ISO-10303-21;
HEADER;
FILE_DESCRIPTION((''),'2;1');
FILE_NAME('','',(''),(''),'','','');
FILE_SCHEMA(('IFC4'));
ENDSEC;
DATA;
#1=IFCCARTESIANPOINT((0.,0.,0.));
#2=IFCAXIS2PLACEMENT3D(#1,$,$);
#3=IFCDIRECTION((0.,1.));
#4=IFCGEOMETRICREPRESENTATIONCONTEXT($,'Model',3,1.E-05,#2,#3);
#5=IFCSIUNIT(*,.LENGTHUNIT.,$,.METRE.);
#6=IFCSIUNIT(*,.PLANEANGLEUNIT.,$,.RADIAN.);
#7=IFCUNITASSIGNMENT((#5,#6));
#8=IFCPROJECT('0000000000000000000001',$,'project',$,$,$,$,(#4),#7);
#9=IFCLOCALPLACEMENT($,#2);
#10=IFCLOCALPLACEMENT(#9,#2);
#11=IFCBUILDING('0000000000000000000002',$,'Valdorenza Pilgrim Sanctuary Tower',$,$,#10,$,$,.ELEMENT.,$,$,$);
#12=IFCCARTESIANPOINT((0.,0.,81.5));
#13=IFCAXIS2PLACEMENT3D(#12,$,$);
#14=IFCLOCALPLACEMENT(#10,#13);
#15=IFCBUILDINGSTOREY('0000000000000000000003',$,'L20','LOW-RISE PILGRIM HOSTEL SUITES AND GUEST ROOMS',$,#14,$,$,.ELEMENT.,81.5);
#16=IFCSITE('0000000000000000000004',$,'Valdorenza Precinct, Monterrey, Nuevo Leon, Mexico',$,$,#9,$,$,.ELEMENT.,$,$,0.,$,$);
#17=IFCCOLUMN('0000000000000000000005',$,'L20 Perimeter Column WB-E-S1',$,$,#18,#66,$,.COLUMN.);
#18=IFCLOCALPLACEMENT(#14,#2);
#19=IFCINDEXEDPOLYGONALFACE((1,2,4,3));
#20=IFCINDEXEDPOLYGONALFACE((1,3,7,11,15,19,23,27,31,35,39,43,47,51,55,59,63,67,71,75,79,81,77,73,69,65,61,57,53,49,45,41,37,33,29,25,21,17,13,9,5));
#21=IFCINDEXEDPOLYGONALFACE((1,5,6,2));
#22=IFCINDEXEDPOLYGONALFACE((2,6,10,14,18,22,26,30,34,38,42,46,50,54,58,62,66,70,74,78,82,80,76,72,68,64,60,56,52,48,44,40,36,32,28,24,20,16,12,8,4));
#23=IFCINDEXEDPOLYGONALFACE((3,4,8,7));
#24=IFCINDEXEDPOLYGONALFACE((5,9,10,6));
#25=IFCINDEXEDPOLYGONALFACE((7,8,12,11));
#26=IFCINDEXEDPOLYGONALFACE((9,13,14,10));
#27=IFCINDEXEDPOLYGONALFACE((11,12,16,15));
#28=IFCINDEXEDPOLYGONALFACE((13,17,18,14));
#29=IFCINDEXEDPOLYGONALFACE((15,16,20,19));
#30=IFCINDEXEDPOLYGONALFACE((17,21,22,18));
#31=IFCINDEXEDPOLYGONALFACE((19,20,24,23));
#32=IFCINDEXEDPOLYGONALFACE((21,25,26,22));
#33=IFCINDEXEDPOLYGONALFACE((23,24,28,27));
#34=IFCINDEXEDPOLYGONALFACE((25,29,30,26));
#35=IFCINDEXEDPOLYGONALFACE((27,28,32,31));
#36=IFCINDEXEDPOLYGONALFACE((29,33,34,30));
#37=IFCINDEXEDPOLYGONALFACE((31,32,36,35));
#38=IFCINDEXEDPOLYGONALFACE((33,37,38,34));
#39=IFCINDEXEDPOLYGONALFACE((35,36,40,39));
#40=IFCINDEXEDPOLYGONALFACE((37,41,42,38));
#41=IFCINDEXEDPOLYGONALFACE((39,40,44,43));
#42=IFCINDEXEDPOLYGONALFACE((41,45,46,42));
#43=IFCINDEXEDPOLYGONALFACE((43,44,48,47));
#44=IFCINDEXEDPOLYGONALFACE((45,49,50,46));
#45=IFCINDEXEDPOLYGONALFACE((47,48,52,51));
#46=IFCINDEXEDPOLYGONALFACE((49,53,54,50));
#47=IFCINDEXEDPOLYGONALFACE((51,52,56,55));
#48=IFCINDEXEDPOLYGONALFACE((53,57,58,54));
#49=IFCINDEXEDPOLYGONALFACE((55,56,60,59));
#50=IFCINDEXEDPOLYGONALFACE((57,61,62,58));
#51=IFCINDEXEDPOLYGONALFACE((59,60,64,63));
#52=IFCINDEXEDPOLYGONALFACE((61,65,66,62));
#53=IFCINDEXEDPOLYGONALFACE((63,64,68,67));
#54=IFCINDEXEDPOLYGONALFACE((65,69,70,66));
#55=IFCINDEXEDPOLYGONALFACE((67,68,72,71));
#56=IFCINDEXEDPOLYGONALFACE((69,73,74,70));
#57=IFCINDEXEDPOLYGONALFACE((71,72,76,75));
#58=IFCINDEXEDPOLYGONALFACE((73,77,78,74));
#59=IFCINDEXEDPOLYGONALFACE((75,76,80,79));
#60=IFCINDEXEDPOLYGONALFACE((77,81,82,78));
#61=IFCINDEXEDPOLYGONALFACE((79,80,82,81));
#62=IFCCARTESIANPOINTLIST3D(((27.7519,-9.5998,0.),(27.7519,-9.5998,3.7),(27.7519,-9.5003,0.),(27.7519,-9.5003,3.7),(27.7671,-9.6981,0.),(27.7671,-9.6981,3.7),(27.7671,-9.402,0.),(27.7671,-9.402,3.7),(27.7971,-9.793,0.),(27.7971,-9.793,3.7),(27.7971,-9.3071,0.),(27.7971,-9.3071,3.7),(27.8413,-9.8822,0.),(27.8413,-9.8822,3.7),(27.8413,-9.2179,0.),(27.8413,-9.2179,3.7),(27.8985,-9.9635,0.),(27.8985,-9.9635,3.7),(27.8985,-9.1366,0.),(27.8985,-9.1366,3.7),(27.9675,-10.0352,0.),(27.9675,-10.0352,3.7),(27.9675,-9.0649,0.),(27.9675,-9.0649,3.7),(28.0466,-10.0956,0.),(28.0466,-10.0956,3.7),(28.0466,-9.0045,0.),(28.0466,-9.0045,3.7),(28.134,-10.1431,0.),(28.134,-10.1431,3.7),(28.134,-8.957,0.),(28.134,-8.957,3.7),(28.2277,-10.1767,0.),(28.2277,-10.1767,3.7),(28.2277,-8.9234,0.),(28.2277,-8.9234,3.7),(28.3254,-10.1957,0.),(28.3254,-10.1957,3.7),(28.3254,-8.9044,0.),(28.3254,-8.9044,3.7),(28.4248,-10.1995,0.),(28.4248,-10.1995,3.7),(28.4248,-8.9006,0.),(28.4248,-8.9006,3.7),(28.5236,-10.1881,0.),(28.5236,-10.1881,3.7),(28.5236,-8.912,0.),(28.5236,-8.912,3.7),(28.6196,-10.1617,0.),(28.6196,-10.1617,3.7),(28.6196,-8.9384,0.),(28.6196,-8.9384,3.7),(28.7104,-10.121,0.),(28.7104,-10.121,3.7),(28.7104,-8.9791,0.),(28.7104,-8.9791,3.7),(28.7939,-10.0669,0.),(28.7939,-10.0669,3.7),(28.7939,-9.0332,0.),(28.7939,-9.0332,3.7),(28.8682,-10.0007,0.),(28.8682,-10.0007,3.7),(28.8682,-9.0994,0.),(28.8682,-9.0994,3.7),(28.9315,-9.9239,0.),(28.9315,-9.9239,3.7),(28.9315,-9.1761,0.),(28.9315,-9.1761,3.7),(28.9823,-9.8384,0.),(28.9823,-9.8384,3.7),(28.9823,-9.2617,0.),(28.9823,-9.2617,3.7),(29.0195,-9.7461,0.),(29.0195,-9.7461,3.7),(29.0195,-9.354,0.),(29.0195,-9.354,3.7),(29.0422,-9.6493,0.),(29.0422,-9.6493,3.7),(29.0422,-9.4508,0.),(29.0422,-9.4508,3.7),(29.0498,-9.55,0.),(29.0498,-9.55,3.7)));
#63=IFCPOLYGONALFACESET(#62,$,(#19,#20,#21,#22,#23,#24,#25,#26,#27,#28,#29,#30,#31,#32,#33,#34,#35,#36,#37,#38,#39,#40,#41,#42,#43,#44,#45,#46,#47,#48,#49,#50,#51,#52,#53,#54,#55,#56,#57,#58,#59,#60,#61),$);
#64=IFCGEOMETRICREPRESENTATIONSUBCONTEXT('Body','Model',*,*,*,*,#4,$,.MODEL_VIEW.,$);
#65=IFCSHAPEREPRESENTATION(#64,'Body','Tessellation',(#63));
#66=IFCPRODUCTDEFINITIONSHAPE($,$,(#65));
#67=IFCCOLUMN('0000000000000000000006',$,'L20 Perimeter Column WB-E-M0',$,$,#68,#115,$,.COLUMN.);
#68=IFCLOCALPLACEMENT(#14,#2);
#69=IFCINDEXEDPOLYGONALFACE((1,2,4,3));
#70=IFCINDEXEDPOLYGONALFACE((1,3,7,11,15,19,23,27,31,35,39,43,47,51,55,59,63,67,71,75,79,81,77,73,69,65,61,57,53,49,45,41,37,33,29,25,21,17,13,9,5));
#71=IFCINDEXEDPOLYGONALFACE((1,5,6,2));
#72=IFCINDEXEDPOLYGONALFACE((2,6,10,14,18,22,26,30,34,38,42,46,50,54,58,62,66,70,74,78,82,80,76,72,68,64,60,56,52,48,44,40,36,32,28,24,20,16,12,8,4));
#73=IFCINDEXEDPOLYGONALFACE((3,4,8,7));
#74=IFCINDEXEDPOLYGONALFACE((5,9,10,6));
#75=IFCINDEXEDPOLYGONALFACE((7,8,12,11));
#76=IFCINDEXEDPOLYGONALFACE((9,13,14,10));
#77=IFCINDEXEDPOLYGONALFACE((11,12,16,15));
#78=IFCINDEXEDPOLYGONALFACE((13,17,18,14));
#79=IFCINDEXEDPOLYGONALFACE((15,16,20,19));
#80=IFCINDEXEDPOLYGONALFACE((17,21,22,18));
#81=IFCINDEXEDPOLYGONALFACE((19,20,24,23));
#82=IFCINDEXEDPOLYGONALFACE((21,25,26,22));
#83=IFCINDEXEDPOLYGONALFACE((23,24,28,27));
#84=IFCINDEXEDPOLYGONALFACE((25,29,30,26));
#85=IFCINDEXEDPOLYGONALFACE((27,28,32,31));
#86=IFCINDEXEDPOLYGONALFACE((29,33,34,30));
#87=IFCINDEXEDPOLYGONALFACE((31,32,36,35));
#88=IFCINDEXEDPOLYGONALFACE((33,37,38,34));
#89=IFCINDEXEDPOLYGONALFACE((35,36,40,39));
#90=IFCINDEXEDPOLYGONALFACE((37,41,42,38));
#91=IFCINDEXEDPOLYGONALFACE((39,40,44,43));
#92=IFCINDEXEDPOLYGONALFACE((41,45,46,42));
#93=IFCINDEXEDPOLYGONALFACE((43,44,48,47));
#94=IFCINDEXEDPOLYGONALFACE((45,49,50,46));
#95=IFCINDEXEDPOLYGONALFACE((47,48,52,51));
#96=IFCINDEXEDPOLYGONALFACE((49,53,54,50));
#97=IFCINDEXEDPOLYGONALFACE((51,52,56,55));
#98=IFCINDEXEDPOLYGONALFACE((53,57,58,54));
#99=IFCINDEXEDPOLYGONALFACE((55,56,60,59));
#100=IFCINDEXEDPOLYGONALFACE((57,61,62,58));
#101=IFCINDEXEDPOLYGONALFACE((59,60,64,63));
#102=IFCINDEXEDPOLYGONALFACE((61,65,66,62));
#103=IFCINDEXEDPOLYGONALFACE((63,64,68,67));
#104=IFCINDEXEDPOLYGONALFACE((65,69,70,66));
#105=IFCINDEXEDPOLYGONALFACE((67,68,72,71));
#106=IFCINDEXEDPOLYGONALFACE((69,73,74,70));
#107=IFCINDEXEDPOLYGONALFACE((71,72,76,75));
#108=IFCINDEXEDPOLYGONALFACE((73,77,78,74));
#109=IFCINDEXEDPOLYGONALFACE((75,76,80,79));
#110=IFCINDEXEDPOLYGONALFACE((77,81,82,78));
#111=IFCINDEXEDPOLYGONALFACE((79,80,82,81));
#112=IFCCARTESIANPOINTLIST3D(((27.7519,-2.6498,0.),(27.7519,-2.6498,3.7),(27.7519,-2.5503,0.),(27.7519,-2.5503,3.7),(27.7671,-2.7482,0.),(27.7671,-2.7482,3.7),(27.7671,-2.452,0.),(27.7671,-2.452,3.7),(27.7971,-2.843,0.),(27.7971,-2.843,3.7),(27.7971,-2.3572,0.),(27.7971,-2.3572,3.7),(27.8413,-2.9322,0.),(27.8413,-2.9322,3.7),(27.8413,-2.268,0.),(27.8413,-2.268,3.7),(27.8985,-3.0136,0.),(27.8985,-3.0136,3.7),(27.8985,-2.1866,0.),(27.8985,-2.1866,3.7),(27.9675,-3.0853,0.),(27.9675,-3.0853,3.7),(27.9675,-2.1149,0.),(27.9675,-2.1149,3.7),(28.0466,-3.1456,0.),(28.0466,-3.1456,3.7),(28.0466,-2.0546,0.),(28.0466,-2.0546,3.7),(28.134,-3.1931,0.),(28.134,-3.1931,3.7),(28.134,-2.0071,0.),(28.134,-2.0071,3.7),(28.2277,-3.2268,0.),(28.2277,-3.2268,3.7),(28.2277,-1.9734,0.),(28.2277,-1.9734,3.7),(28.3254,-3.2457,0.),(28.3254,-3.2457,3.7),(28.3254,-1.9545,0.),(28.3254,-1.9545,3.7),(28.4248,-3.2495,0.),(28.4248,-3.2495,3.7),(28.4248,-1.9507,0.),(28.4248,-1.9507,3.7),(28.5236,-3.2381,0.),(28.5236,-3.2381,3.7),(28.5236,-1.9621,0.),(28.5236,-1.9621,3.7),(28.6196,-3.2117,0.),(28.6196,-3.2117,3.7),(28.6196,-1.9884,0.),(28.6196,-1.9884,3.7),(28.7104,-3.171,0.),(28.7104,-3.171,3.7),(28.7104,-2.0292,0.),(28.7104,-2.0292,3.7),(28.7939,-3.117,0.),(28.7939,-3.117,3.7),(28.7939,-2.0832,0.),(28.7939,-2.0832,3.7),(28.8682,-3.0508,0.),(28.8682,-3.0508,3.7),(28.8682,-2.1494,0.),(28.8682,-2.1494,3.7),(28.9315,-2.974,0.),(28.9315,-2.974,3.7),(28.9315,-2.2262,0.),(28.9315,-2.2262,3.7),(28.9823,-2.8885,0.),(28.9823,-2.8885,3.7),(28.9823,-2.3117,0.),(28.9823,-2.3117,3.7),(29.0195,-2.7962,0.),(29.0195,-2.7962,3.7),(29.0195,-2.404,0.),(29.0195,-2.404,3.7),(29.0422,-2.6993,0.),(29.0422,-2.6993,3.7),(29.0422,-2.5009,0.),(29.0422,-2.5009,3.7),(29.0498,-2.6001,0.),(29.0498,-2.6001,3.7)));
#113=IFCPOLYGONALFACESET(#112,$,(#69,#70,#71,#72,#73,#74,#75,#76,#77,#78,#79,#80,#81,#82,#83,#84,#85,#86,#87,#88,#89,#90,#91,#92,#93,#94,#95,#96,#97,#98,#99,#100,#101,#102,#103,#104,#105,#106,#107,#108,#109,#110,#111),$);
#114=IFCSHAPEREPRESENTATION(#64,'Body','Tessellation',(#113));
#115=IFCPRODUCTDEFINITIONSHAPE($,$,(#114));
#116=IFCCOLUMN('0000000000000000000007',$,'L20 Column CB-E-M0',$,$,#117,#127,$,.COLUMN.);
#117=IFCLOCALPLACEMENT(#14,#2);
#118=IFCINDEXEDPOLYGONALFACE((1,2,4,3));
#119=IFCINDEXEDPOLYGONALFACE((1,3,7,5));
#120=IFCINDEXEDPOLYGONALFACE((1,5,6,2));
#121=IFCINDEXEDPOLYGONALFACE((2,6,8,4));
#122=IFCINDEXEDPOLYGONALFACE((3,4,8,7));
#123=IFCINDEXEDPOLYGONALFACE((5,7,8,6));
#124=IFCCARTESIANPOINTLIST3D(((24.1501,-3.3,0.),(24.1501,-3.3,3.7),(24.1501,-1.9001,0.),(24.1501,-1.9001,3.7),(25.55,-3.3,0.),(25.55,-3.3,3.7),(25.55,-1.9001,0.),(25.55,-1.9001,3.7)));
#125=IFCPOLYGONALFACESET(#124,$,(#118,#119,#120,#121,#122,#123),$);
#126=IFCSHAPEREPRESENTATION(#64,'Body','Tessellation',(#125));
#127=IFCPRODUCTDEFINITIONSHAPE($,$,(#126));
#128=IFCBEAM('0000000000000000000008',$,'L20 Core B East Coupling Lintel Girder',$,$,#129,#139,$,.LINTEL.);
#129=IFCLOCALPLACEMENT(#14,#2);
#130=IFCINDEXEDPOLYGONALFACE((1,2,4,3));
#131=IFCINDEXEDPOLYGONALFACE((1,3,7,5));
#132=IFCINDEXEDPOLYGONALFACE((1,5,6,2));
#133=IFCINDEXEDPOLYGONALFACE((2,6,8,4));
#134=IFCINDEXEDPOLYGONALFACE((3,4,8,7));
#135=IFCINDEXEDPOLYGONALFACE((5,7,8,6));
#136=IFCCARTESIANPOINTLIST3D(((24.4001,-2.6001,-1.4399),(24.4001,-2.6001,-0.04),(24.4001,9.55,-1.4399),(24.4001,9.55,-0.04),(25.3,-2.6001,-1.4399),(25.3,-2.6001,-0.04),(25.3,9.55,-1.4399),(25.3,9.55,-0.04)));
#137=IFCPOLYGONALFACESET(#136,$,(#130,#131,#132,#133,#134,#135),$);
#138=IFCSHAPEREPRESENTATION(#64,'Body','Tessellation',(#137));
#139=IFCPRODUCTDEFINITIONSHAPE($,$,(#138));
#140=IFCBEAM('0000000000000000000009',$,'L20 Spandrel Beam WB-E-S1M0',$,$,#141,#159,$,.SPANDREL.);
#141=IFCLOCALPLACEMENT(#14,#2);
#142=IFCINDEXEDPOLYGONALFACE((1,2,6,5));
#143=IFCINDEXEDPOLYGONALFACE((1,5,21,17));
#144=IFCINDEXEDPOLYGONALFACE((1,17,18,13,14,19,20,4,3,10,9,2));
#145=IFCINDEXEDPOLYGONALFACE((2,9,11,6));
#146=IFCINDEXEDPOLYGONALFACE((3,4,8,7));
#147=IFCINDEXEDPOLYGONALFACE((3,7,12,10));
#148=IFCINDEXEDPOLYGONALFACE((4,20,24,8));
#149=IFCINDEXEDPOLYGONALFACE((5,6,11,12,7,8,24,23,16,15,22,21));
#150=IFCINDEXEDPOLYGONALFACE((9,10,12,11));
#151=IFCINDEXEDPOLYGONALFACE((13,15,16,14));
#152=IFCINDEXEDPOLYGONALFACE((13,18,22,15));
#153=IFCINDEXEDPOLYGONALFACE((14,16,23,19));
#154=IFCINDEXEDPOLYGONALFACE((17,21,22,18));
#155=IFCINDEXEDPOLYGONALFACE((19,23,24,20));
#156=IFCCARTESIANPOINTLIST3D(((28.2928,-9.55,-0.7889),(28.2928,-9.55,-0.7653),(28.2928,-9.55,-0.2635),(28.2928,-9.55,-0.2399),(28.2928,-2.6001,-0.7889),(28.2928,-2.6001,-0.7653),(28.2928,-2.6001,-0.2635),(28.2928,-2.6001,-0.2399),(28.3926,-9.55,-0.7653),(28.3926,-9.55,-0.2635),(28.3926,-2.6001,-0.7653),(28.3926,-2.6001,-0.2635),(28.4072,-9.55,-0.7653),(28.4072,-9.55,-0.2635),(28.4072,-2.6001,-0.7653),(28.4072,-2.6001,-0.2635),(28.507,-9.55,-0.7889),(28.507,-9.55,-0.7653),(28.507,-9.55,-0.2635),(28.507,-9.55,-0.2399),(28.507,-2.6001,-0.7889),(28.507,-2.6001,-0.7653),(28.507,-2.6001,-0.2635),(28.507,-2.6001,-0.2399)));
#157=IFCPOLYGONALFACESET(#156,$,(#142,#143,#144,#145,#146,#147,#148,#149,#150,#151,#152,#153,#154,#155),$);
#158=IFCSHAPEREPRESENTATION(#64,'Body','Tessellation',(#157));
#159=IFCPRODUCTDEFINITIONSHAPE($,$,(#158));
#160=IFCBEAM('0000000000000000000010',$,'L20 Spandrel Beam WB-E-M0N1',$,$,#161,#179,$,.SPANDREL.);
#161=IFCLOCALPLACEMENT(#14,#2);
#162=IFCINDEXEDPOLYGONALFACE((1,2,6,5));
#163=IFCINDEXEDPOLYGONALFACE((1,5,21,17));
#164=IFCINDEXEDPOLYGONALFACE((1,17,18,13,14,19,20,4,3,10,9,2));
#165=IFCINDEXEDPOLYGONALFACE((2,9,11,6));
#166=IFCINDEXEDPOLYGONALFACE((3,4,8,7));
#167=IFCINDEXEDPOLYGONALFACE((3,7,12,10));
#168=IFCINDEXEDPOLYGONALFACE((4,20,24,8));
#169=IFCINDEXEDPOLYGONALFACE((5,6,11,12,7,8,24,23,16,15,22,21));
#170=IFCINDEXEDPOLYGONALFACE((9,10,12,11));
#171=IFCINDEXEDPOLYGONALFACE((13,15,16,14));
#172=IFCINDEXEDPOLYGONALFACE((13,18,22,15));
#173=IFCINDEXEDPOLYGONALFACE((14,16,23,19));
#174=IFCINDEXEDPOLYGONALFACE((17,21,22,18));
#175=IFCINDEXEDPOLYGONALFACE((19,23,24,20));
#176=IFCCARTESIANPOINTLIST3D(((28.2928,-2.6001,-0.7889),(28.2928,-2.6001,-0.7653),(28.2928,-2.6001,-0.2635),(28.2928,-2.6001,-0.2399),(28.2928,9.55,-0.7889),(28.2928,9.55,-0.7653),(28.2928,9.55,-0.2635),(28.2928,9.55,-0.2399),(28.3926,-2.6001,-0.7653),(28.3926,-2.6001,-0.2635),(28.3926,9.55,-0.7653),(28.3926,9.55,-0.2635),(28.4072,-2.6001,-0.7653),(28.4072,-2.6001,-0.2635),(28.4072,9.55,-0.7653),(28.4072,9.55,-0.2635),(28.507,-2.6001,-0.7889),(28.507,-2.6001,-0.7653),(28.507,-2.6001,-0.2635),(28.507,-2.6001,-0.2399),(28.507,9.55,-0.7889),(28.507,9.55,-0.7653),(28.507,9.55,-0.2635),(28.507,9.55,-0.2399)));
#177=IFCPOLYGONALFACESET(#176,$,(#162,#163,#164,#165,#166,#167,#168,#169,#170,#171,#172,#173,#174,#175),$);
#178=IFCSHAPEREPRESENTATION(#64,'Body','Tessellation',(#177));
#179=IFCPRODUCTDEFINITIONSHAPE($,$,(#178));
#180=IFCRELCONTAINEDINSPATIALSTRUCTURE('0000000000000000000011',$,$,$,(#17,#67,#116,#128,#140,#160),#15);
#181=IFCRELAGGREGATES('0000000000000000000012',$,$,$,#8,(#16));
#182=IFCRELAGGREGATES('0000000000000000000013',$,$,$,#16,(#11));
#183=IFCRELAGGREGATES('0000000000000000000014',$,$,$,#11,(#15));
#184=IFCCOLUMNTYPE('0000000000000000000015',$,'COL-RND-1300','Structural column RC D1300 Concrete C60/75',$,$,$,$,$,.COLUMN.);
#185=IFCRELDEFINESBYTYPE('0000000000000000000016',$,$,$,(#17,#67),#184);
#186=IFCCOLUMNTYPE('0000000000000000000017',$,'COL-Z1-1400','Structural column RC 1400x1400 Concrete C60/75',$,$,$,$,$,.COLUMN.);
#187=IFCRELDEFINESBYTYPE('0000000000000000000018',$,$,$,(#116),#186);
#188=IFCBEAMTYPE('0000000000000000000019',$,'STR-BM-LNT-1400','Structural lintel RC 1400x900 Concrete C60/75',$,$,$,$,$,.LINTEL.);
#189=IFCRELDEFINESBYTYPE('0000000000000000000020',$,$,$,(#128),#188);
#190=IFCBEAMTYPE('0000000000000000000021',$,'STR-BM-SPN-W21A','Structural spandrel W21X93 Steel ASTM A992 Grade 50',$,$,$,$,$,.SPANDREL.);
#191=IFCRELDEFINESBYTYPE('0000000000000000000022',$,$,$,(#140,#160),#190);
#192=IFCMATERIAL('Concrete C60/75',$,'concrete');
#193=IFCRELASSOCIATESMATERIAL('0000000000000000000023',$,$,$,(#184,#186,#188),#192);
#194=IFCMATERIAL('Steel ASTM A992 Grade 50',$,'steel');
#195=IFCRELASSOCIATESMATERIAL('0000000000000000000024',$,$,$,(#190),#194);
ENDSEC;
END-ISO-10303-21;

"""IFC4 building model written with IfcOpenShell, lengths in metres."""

from ifc_helpers import new_model, si_unit, direction, frame, origin, origin_2d, place, context, subcontext, project, spatial, rectangle, circle, i_section, extrude, source, transform, mapped, material, material_profile, profile_set, type_object, element, save


model = new_model("IFC4")

# Units and contexts
model_context = context("Model", 3, precision=1e-05, world=origin(), true_north=direction((0.0, 1.0)))
body_context = subcontext(model_context, "Body", "Model", "MODEL_VIEW")
ifc_project = project(units=[si_unit("LENGTHUNIT", "METRE"), si_unit("PLANEANGLEUNIT", "RADIAN")], contexts=[model_context])

# Site, building, storey
site_placement = place(None, origin())
site = spatial("IfcSite", under=ifc_project, at=site_placement, Name="Valdorenza Precinct, Monterrey, Nuevo Leon, Mexico", CompositionType="ELEMENT", RefElevation=0.0)
building_placement = place(site_placement, origin())
building = spatial("IfcBuilding", under=site, at=building_placement, Name="Valdorenza Pilgrim Sanctuary Tower", CompositionType="ELEMENT")
storey_placement = place(building_placement, frame((0.0, 0.0, 81.5)))
storey = spatial("IfcBuildingStorey", under=building, at=storey_placement, Name="L20", Description="LOW-RISE PILGRIM HOSTEL SUITES AND GUEST ROOMS", CompositionType="ELEMENT", Elevation=81.5)

# Columns
ifc_material_1 = material(Name="Concrete C60/75", Category="concrete")
ifc_material_profile_1 = material_profile(ifc_material_1, circle(Radius=0.6499, at=origin_2d()), Name="RC D1300")
ifc_profile_set_1 = profile_set([ifc_material_profile_1], Name="Concrete C60/75")
column_type_1 = type_object("IfcColumnType", Name="COL-RND-1300", Description="Structural column RC D1300 Concrete C60/75", PredefinedType="COLUMN", material=ifc_profile_set_1)
shared_shape_1 = source(origin(), body_context, "Body", "SweptSolid", [
    extrude(circle(Radius=0.6499, at=origin_2d()), origin(), (0.0, 0.0, 1.0), 3.7),
])
for number, where, z_axis, x_axis, name in (
    (1, (28.3999, -9.55, 0.0), (0.0, 0.0, 1.0), (1.0, 0.0, 0.0), "L20 Perimeter Column WB-E-S1"),
    (2, (28.3999, -2.6001, 0.0), (0.0, 0.0, 1.0), (1.0, 0.0, 0.0), "L20 Perimeter Column WB-E-M0"),
):
    element("IfcColumn", number, at=place(storey_placement, frame(where, z_axis=z_axis, x_axis=x_axis)), inside=storey, type_object=column_type_1, Name=name, PredefinedType="COLUMN", context=body_context, shape_type="MappedRepresentation", body=[
        mapped(shared_shape_1, transform((0.0, 0.0, 0.0), x_axis=(1.0, 0.0, 0.0), y_axis=(0.0, 1.0, 0.0), z_axis=(0.0, 0.0, 1.0), scale=1.0)),
    ])
ifc_material_profile_2 = material_profile(ifc_material_1, rectangle(XDim=1.3999, YDim=1.3999, at=origin_2d()), Name="RC 1400x1400")
ifc_profile_set_2 = profile_set([ifc_material_profile_2], Name="Concrete C60/75")
column_type_2 = type_object("IfcColumnType", Name="COL-Z1-1400", Description="Structural column RC 1400x1400 Concrete C60/75", PredefinedType="COLUMN", material=ifc_profile_set_2)
shared_shape_2 = source(origin(), body_context, "Body", "SweptSolid", [
    extrude(rectangle(XDim=1.3999, YDim=1.3999, at=origin_2d()), origin(), (0.0, 0.0, 1.0), 3.7),
])
column_placement = place(storey_placement, frame((24.8501, -2.6001, 0.0), z_axis=(0.0, 0.0, 1.0), x_axis=(1.0, 0.0, 0.0)))
element("IfcColumn", 3, at=column_placement, inside=storey, type_object=column_type_2, Name="L20 Column CB-E-M0", PredefinedType="COLUMN", context=body_context, shape_type="MappedRepresentation", body=[
    mapped(shared_shape_2, transform((0.0, 0.0, 0.0), x_axis=(1.0, 0.0, 0.0), y_axis=(0.0, 1.0, 0.0), z_axis=(0.0, 0.0, 1.0), scale=1.0)),
])

# Beams
ifc_material_profile_3 = material_profile(ifc_material_1, rectangle(XDim=0.8999, YDim=1.3999, at=origin_2d()), Name="RC 1400x900")
ifc_profile_set_3 = profile_set([ifc_material_profile_3], Name="Concrete C60/75")
beam_type_1 = type_object("IfcBeamType", Name="STR-BM-LNT-1400", Description="Structural lintel RC 1400x900 Concrete C60/75", PredefinedType="LINTEL", material=ifc_profile_set_3)
shared_shape_3 = source(origin(), body_context, "Body", "SweptSolid", [
    extrude(rectangle(XDim=0.8999, YDim=1.3999, at=origin_2d()), origin(), (0.0, 0.0, 1.0), 12.1501),
])
beam_1_placement = place(storey_placement, frame((24.8501, -2.6001, -0.74), z_axis=(0.0, 1.0, 0.0), x_axis=(-1.0, 0.0, 0.0)))
element("IfcBeam", 4, at=beam_1_placement, inside=storey, type_object=beam_type_1, Name="L20 Core B East Coupling Lintel Girder", PredefinedType="LINTEL", context=body_context, shape_type="MappedRepresentation", body=[
    mapped(shared_shape_3, transform((0.0, 0.0, 0.0), x_axis=(1.0, 0.0, 0.0), y_axis=(0.0, 1.0, 0.0), z_axis=(0.0, 0.0, 1.0), scale=1.0)),
])
ifc_material_2 = material(Name="Steel ASTM A992 Grade 50", Category="steel")
ifc_material_profile_4 = material_profile(ifc_material_2, i_section(OverallWidth=0.2141, OverallDepth=0.5491, WebThickness=0.0146, FlangeThickness=0.0237, at=origin_2d()), Name="W21X93")
ifc_profile_set_4 = profile_set([ifc_material_profile_4], Name="Steel ASTM A992 Grade 50")
beam_type_2 = type_object("IfcBeamType", Name="STR-BM-SPN-W21A", Description="Structural spandrel W21X93 Steel ASTM A992 Grade 50", PredefinedType="SPANDREL", material=ifc_profile_set_4)
shared_shape_4 = source(origin(), body_context, "Body", "SweptSolid", [
    extrude(i_section(OverallWidth=0.2141, OverallDepth=0.5491, WebThickness=0.0146, FlangeThickness=0.0237, at=origin_2d()), origin(), (0.0, 0.0, 1.0), 6.95),
])
beam_2_placement = place(storey_placement, frame((28.3999, -9.55, -0.5144), z_axis=(0.0, 1.0, 0.0), x_axis=(-1.0, 0.0, 0.0)))
element("IfcBeam", 5, at=beam_2_placement, inside=storey, type_object=beam_type_2, Name="L20 Spandrel Beam WB-E-S1M0", PredefinedType="SPANDREL", context=body_context, shape_type="MappedRepresentation", body=[
    mapped(shared_shape_4, transform((0.0, 0.0, 0.0), x_axis=(1.0, 0.0, 0.0), y_axis=(0.0, 1.0, 0.0), z_axis=(0.0, 0.0, 1.0), scale=1.0)),
])
shared_shape_5 = source(origin(), body_context, "Body", "SweptSolid", [
    extrude(i_section(OverallWidth=0.2141, OverallDepth=0.5491, WebThickness=0.0146, FlangeThickness=0.0237, at=origin_2d()), origin(), (0.0, 0.0, 1.0), 12.1501),
])
beam_3_placement = place(storey_placement, frame((28.3999, -2.6001, -0.5144), z_axis=(0.0, 1.0, 0.0), x_axis=(-1.0, 0.0, 0.0)))
element("IfcBeam", 6, at=beam_3_placement, inside=storey, type_object=beam_type_2, Name="L20 Spandrel Beam WB-E-M0N1", PredefinedType="SPANDREL", context=body_context, shape_type="MappedRepresentation", body=[
    mapped(shared_shape_5, transform((0.0, 0.0, 0.0), x_axis=(1.0, 0.0, 0.0), y_axis=(0.0, 1.0, 0.0), z_axis=(0.0, 0.0, 1.0), scale=1.0)),
])

save(model, "model.ifc")
